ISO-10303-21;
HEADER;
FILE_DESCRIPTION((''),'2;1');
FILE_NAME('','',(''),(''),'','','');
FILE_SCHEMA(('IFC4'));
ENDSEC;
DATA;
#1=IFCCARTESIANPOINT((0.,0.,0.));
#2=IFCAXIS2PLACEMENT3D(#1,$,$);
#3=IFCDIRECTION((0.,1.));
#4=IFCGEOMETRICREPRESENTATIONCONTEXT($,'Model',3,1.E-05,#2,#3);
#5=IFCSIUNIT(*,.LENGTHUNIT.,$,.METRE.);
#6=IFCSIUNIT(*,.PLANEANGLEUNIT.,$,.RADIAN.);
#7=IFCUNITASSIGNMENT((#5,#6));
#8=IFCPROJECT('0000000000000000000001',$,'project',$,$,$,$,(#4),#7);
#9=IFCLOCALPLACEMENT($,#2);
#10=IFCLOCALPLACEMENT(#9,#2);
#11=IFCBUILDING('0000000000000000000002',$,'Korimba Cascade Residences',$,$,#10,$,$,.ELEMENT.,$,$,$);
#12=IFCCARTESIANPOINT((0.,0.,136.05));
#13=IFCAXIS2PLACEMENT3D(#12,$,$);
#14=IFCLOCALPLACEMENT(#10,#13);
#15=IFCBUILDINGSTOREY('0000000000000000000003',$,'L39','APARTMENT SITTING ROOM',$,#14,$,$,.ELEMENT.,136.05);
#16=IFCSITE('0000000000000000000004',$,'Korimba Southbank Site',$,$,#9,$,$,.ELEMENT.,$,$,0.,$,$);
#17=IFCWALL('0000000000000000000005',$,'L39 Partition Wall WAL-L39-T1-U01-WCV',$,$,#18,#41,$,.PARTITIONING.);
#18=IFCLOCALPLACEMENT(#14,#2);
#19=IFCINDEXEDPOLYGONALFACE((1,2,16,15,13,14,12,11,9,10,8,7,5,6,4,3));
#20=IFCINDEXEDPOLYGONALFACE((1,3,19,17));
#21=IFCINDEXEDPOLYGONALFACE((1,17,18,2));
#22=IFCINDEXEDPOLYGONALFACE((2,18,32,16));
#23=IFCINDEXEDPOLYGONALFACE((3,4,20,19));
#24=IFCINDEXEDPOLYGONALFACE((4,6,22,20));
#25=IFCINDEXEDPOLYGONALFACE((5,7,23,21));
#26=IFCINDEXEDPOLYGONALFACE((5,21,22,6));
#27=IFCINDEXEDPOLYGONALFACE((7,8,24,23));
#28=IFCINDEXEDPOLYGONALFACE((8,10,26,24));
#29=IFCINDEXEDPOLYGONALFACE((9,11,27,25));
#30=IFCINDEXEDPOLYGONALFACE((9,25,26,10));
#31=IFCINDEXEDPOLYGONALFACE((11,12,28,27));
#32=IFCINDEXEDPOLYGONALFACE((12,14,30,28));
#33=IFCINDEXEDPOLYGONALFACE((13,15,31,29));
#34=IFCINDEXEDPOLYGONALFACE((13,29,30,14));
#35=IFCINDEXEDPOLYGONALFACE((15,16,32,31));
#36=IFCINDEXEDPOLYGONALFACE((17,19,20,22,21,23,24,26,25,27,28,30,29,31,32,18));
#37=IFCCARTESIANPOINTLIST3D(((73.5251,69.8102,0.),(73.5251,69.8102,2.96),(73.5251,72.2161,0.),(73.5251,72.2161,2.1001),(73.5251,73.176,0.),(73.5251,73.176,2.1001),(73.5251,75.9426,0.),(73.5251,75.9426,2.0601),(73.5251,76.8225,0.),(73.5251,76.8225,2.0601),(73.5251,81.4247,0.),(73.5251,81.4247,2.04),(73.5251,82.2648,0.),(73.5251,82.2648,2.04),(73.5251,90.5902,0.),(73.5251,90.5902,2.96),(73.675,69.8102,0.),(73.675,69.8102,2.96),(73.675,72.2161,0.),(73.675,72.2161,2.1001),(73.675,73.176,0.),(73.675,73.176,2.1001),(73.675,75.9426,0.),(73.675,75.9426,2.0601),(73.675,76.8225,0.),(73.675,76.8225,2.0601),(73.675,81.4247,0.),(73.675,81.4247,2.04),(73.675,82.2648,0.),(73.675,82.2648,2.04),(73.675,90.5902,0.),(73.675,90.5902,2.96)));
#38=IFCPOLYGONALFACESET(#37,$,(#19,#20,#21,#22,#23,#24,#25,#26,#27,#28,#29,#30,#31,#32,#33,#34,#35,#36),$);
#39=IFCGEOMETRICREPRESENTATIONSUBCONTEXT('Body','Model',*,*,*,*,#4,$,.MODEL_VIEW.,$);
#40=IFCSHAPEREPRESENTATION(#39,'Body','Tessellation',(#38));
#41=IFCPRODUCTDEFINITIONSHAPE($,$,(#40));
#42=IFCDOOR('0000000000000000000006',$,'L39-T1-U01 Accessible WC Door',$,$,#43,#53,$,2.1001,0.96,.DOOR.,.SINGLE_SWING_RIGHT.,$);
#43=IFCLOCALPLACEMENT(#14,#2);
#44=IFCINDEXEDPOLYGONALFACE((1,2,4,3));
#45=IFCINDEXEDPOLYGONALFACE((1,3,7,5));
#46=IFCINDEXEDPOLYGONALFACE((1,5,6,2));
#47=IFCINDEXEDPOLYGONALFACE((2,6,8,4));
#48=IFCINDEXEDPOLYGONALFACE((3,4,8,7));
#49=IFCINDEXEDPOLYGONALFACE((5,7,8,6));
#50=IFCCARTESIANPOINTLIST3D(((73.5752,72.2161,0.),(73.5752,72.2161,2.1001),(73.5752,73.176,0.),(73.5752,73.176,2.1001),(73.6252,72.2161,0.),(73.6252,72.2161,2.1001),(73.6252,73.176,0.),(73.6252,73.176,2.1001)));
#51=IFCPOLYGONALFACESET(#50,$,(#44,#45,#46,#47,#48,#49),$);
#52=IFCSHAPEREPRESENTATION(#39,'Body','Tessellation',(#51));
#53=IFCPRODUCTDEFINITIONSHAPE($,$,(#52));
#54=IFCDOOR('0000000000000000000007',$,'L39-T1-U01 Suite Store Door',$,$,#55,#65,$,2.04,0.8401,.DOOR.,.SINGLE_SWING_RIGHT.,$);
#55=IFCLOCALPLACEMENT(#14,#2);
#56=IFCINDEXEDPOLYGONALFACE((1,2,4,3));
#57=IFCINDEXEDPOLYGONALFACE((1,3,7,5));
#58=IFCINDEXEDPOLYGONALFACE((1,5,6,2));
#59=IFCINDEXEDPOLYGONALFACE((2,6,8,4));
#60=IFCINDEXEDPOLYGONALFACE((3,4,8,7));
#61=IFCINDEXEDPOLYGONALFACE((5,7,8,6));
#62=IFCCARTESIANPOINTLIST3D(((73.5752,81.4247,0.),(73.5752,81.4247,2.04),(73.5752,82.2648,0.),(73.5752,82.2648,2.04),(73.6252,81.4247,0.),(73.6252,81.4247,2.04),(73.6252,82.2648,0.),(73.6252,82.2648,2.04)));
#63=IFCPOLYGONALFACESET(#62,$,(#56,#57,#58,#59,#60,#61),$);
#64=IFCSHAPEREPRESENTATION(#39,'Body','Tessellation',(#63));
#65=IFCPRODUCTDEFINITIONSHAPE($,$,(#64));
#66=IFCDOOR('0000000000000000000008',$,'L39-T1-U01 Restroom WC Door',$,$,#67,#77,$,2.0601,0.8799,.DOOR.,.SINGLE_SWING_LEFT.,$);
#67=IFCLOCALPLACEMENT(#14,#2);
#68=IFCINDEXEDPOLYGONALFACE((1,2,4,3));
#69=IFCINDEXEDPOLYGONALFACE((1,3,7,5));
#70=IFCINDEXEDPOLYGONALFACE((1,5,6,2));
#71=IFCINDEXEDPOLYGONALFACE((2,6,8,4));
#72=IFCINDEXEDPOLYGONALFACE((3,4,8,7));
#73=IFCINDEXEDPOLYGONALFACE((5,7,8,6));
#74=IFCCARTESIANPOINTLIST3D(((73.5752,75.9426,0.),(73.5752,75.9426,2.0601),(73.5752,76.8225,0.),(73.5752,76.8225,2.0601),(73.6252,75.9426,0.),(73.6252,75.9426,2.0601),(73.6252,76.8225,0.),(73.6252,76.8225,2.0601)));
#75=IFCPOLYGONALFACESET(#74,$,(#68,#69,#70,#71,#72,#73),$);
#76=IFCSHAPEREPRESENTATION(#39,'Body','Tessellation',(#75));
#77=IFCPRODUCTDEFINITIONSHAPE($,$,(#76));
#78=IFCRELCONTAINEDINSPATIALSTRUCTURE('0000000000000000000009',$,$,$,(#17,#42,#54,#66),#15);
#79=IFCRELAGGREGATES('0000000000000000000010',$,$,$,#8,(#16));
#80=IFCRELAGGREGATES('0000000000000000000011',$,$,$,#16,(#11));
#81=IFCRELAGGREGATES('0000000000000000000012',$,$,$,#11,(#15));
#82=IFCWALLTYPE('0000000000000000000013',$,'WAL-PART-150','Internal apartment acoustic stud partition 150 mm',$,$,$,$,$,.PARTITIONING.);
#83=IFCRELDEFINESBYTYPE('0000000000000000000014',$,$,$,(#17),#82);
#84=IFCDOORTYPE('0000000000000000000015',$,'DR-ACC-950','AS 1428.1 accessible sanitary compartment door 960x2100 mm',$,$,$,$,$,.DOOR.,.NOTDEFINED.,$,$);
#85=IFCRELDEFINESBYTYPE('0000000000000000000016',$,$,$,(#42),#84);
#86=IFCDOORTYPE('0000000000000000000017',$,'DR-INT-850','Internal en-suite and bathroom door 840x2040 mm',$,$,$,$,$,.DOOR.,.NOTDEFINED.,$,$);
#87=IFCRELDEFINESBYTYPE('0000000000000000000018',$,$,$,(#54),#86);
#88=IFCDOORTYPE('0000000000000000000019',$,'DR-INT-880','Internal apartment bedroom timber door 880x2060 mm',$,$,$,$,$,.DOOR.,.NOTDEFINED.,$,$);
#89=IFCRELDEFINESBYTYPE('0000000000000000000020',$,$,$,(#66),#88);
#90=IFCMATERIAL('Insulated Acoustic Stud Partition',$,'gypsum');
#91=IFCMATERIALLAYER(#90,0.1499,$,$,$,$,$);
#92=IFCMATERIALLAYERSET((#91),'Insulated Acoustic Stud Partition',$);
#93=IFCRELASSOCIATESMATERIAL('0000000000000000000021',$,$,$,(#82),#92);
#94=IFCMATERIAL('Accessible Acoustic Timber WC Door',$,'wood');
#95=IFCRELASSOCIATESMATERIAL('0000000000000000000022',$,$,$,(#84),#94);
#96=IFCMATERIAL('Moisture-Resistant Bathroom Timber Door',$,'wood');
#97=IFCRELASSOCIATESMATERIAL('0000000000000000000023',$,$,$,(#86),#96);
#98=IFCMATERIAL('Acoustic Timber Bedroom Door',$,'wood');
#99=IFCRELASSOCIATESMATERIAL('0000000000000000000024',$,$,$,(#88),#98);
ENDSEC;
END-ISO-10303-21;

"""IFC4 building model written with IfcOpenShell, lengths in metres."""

from ifc_helpers import new_model, si_unit, direction, frame, frame_2d, origin, place, context, subcontext, project, spatial, rectangle, extrude, material, layer, layer_set, type_object, element, fill, save


model = new_model("IFC4")

# Units and contexts
model_context = context("Model", 3, precision=1e-05, world=origin(), true_north=direction((0.0, 1.0)))
body_context = subcontext(model_context, "Body", "Model", "MODEL_VIEW")
ifc_project = project(units=[si_unit("LENGTHUNIT", "METRE"), si_unit("PLANEANGLEUNIT", "RADIAN")], contexts=[model_context])

# Site, building, storey
site_placement = place(None, origin())
site = spatial("IfcSite", under=ifc_project, at=site_placement, Name="Korimba Southbank Site", CompositionType="ELEMENT", RefElevation=0.0)
building_placement = place(site_placement, origin())
building = spatial("IfcBuilding", under=site, at=building_placement, Name="Korimba Cascade Residences", CompositionType="ELEMENT")
storey_placement = place(building_placement, frame((0.0, 0.0, 136.05)))
storey = spatial("IfcBuildingStorey", under=building, at=storey_placement, Name="L39", Description="APARTMENT SITTING ROOM", CompositionType="ELEMENT", Elevation=136.05)

# Shared definitions
ifc_material_1 = material(Name="Insulated Acoustic Stud Partition", Category="gypsum")
ifc_layer_1 = layer(ifc_material_1, 0.1499)
ifc_layer_set_1 = layer_set([ifc_layer_1], Name="Insulated Acoustic Stud Partition")
wall_type_1 = type_object("IfcWallType", Name="WAL-PART-150", Description="Internal apartment acoustic stud partition 150 mm", PredefinedType="PARTITIONING", material=ifc_layer_set_1)

# Wall, openings, doors
wall_1_placement = place(storey_placement, frame((73.6001, 69.8101, 0.0), z_axis=(0.0, 0.0, 1.0), x_axis=(0.0, 1.0, 0.0)))
wall_1 = element("IfcWall", 1, at=wall_1_placement, inside=storey, type_object=wall_type_1, Name="L39 Partition Wall WAL-L39-T1-U01-WCV", PredefinedType="PARTITIONING", context=body_context, shape_type="SweptSolid", body=[
    extrude(rectangle(XDim=20.78, YDim=0.1499, at=frame_2d((10.3901, 0.0))), origin(), (0.0, 0.0, 1.0), 2.96),
])
opening_1_placement = place(wall_1_placement, frame((2.406, 0.0, 0.0)))
opening_1 = element("IfcOpeningElement", 2, at=opening_1_placement, cuts=wall_1, PredefinedType="OPENING", context=body_context, shape_type="SweptSolid", body=[
    extrude(rectangle(XDim=0.96, YDim=2.1001, at=frame_2d((0.48, 1.05))), frame((0.0, 0.085, 0.0), z_axis=(0.0, -1.0, 0.0), x_axis=(1.0, 0.0, 0.0)), (0.0, 0.0, 1.0), 0.1699),
])
opening_2_placement = place(wall_1_placement, frame((6.1326, 0.0, 0.0)))
opening_2 = element("IfcOpeningElement", 3, at=opening_2_placement, cuts=wall_1, PredefinedType="OPENING", context=body_context, shape_type="SweptSolid", body=[
    extrude(rectangle(XDim=0.8799, YDim=2.0601, at=frame_2d((0.4399, 1.03))), frame((0.0, 0.085, 0.0), z_axis=(0.0, -1.0, 0.0), x_axis=(1.0, 0.0, 0.0)), (0.0, 0.0, 1.0), 0.1699),
])
opening_3_placement = place(wall_1_placement, frame((11.6147, 0.0, 0.0)))
opening_3 = element("IfcOpeningElement", 4, at=opening_3_placement, cuts=wall_1, PredefinedType="OPENING", context=body_context, shape_type="SweptSolid", body=[
    extrude(rectangle(XDim=0.8401, YDim=2.04, at=frame_2d((0.4199, 1.02))), frame((0.0, 0.085, 0.0), z_axis=(0.0, -1.0, 0.0), x_axis=(1.0, 0.0, 0.0)), (0.0, 0.0, 1.0), 0.1699),
])
ifc_material_2 = material(Name="Accessible Acoustic Timber WC Door", Category="wood")
door_type_1 = type_object("IfcDoorType", Name="DR-ACC-950", Description="AS 1428.1 accessible sanitary compartment door 960x2100 mm", OperationType="NOTDEFINED", PredefinedType="DOOR", material=ifc_material_2)
door_1_placement = place(opening_1_placement, origin())
door_1 = element("IfcDoor", 5, at=door_1_placement, inside=storey, type_object=door_type_1, Name="L39-T1-U01 Accessible WC Door", OperationType="SINGLE_SWING_RIGHT", OverallHeight=2.1001, OverallWidth=0.96, PredefinedType="DOOR", context=body_context, shape_type="SweptSolid", body=[
    extrude(rectangle(XDim=0.96, YDim=2.1001, at=frame_2d((0.48, 1.05))), frame((0.0, 0.0249, 0.0), z_axis=(0.0, -1.0, 0.0), x_axis=(1.0, 0.0, 0.0)), (0.0, 0.0, 1.0), 0.05),
])
fill(opening_1, door_1)
ifc_material_3 = material(Name="Moisture-Resistant Bathroom Timber Door", Category="wood")
door_type_2 = type_object("IfcDoorType", Name="DR-INT-850", Description="Internal en-suite and bathroom door 840x2040 mm", OperationType="NOTDEFINED", PredefinedType="DOOR", material=ifc_material_3)
door_2_placement = place(opening_3_placement, origin())
door_2 = element("IfcDoor", 6, at=door_2_placement, inside=storey, type_object=door_type_2, Name="L39-T1-U01 Suite Store Door", OperationType="SINGLE_SWING_RIGHT", OverallHeight=2.04, OverallWidth=0.8401, PredefinedType="DOOR", context=body_context, shape_type="SweptSolid", body=[
    extrude(rectangle(XDim=0.8401, YDim=2.04, at=frame_2d((0.4199, 1.02))), frame((0.0, 0.0249, 0.0), z_axis=(0.0, -1.0, 0.0), x_axis=(1.0, 0.0, 0.0)), (0.0, 0.0, 1.0), 0.05),
])
fill(opening_3, door_2)
ifc_material_4 = material(Name="Acoustic Timber Bedroom Door", Category="wood")
door_type_3 = type_object("IfcDoorType", Name="DR-INT-880", Description="Internal apartment bedroom timber door 880x2060 mm", OperationType="NOTDEFINED", PredefinedType="DOOR", material=ifc_material_4)
door_3_placement = place(opening_2_placement, origin())
door_3 = element("IfcDoor", 7, at=door_3_placement, inside=storey, type_object=door_type_3, Name="L39-T1-U01 Restroom WC Door", OperationType="SINGLE_SWING_LEFT", OverallHeight=2.0601, OverallWidth=0.8799, PredefinedType="DOOR", context=body_context, shape_type="SweptSolid", body=[
    extrude(rectangle(XDim=0.8799, YDim=2.0601, at=frame_2d((0.4399, 1.03))), frame((0.0, 0.0249, 0.0), z_axis=(0.0, -1.0, 0.0), x_axis=(1.0, 0.0, 0.0)), (0.0, 0.0, 1.0), 0.05),
])
fill(opening_2, door_3)

save(model, "model.ifc")
